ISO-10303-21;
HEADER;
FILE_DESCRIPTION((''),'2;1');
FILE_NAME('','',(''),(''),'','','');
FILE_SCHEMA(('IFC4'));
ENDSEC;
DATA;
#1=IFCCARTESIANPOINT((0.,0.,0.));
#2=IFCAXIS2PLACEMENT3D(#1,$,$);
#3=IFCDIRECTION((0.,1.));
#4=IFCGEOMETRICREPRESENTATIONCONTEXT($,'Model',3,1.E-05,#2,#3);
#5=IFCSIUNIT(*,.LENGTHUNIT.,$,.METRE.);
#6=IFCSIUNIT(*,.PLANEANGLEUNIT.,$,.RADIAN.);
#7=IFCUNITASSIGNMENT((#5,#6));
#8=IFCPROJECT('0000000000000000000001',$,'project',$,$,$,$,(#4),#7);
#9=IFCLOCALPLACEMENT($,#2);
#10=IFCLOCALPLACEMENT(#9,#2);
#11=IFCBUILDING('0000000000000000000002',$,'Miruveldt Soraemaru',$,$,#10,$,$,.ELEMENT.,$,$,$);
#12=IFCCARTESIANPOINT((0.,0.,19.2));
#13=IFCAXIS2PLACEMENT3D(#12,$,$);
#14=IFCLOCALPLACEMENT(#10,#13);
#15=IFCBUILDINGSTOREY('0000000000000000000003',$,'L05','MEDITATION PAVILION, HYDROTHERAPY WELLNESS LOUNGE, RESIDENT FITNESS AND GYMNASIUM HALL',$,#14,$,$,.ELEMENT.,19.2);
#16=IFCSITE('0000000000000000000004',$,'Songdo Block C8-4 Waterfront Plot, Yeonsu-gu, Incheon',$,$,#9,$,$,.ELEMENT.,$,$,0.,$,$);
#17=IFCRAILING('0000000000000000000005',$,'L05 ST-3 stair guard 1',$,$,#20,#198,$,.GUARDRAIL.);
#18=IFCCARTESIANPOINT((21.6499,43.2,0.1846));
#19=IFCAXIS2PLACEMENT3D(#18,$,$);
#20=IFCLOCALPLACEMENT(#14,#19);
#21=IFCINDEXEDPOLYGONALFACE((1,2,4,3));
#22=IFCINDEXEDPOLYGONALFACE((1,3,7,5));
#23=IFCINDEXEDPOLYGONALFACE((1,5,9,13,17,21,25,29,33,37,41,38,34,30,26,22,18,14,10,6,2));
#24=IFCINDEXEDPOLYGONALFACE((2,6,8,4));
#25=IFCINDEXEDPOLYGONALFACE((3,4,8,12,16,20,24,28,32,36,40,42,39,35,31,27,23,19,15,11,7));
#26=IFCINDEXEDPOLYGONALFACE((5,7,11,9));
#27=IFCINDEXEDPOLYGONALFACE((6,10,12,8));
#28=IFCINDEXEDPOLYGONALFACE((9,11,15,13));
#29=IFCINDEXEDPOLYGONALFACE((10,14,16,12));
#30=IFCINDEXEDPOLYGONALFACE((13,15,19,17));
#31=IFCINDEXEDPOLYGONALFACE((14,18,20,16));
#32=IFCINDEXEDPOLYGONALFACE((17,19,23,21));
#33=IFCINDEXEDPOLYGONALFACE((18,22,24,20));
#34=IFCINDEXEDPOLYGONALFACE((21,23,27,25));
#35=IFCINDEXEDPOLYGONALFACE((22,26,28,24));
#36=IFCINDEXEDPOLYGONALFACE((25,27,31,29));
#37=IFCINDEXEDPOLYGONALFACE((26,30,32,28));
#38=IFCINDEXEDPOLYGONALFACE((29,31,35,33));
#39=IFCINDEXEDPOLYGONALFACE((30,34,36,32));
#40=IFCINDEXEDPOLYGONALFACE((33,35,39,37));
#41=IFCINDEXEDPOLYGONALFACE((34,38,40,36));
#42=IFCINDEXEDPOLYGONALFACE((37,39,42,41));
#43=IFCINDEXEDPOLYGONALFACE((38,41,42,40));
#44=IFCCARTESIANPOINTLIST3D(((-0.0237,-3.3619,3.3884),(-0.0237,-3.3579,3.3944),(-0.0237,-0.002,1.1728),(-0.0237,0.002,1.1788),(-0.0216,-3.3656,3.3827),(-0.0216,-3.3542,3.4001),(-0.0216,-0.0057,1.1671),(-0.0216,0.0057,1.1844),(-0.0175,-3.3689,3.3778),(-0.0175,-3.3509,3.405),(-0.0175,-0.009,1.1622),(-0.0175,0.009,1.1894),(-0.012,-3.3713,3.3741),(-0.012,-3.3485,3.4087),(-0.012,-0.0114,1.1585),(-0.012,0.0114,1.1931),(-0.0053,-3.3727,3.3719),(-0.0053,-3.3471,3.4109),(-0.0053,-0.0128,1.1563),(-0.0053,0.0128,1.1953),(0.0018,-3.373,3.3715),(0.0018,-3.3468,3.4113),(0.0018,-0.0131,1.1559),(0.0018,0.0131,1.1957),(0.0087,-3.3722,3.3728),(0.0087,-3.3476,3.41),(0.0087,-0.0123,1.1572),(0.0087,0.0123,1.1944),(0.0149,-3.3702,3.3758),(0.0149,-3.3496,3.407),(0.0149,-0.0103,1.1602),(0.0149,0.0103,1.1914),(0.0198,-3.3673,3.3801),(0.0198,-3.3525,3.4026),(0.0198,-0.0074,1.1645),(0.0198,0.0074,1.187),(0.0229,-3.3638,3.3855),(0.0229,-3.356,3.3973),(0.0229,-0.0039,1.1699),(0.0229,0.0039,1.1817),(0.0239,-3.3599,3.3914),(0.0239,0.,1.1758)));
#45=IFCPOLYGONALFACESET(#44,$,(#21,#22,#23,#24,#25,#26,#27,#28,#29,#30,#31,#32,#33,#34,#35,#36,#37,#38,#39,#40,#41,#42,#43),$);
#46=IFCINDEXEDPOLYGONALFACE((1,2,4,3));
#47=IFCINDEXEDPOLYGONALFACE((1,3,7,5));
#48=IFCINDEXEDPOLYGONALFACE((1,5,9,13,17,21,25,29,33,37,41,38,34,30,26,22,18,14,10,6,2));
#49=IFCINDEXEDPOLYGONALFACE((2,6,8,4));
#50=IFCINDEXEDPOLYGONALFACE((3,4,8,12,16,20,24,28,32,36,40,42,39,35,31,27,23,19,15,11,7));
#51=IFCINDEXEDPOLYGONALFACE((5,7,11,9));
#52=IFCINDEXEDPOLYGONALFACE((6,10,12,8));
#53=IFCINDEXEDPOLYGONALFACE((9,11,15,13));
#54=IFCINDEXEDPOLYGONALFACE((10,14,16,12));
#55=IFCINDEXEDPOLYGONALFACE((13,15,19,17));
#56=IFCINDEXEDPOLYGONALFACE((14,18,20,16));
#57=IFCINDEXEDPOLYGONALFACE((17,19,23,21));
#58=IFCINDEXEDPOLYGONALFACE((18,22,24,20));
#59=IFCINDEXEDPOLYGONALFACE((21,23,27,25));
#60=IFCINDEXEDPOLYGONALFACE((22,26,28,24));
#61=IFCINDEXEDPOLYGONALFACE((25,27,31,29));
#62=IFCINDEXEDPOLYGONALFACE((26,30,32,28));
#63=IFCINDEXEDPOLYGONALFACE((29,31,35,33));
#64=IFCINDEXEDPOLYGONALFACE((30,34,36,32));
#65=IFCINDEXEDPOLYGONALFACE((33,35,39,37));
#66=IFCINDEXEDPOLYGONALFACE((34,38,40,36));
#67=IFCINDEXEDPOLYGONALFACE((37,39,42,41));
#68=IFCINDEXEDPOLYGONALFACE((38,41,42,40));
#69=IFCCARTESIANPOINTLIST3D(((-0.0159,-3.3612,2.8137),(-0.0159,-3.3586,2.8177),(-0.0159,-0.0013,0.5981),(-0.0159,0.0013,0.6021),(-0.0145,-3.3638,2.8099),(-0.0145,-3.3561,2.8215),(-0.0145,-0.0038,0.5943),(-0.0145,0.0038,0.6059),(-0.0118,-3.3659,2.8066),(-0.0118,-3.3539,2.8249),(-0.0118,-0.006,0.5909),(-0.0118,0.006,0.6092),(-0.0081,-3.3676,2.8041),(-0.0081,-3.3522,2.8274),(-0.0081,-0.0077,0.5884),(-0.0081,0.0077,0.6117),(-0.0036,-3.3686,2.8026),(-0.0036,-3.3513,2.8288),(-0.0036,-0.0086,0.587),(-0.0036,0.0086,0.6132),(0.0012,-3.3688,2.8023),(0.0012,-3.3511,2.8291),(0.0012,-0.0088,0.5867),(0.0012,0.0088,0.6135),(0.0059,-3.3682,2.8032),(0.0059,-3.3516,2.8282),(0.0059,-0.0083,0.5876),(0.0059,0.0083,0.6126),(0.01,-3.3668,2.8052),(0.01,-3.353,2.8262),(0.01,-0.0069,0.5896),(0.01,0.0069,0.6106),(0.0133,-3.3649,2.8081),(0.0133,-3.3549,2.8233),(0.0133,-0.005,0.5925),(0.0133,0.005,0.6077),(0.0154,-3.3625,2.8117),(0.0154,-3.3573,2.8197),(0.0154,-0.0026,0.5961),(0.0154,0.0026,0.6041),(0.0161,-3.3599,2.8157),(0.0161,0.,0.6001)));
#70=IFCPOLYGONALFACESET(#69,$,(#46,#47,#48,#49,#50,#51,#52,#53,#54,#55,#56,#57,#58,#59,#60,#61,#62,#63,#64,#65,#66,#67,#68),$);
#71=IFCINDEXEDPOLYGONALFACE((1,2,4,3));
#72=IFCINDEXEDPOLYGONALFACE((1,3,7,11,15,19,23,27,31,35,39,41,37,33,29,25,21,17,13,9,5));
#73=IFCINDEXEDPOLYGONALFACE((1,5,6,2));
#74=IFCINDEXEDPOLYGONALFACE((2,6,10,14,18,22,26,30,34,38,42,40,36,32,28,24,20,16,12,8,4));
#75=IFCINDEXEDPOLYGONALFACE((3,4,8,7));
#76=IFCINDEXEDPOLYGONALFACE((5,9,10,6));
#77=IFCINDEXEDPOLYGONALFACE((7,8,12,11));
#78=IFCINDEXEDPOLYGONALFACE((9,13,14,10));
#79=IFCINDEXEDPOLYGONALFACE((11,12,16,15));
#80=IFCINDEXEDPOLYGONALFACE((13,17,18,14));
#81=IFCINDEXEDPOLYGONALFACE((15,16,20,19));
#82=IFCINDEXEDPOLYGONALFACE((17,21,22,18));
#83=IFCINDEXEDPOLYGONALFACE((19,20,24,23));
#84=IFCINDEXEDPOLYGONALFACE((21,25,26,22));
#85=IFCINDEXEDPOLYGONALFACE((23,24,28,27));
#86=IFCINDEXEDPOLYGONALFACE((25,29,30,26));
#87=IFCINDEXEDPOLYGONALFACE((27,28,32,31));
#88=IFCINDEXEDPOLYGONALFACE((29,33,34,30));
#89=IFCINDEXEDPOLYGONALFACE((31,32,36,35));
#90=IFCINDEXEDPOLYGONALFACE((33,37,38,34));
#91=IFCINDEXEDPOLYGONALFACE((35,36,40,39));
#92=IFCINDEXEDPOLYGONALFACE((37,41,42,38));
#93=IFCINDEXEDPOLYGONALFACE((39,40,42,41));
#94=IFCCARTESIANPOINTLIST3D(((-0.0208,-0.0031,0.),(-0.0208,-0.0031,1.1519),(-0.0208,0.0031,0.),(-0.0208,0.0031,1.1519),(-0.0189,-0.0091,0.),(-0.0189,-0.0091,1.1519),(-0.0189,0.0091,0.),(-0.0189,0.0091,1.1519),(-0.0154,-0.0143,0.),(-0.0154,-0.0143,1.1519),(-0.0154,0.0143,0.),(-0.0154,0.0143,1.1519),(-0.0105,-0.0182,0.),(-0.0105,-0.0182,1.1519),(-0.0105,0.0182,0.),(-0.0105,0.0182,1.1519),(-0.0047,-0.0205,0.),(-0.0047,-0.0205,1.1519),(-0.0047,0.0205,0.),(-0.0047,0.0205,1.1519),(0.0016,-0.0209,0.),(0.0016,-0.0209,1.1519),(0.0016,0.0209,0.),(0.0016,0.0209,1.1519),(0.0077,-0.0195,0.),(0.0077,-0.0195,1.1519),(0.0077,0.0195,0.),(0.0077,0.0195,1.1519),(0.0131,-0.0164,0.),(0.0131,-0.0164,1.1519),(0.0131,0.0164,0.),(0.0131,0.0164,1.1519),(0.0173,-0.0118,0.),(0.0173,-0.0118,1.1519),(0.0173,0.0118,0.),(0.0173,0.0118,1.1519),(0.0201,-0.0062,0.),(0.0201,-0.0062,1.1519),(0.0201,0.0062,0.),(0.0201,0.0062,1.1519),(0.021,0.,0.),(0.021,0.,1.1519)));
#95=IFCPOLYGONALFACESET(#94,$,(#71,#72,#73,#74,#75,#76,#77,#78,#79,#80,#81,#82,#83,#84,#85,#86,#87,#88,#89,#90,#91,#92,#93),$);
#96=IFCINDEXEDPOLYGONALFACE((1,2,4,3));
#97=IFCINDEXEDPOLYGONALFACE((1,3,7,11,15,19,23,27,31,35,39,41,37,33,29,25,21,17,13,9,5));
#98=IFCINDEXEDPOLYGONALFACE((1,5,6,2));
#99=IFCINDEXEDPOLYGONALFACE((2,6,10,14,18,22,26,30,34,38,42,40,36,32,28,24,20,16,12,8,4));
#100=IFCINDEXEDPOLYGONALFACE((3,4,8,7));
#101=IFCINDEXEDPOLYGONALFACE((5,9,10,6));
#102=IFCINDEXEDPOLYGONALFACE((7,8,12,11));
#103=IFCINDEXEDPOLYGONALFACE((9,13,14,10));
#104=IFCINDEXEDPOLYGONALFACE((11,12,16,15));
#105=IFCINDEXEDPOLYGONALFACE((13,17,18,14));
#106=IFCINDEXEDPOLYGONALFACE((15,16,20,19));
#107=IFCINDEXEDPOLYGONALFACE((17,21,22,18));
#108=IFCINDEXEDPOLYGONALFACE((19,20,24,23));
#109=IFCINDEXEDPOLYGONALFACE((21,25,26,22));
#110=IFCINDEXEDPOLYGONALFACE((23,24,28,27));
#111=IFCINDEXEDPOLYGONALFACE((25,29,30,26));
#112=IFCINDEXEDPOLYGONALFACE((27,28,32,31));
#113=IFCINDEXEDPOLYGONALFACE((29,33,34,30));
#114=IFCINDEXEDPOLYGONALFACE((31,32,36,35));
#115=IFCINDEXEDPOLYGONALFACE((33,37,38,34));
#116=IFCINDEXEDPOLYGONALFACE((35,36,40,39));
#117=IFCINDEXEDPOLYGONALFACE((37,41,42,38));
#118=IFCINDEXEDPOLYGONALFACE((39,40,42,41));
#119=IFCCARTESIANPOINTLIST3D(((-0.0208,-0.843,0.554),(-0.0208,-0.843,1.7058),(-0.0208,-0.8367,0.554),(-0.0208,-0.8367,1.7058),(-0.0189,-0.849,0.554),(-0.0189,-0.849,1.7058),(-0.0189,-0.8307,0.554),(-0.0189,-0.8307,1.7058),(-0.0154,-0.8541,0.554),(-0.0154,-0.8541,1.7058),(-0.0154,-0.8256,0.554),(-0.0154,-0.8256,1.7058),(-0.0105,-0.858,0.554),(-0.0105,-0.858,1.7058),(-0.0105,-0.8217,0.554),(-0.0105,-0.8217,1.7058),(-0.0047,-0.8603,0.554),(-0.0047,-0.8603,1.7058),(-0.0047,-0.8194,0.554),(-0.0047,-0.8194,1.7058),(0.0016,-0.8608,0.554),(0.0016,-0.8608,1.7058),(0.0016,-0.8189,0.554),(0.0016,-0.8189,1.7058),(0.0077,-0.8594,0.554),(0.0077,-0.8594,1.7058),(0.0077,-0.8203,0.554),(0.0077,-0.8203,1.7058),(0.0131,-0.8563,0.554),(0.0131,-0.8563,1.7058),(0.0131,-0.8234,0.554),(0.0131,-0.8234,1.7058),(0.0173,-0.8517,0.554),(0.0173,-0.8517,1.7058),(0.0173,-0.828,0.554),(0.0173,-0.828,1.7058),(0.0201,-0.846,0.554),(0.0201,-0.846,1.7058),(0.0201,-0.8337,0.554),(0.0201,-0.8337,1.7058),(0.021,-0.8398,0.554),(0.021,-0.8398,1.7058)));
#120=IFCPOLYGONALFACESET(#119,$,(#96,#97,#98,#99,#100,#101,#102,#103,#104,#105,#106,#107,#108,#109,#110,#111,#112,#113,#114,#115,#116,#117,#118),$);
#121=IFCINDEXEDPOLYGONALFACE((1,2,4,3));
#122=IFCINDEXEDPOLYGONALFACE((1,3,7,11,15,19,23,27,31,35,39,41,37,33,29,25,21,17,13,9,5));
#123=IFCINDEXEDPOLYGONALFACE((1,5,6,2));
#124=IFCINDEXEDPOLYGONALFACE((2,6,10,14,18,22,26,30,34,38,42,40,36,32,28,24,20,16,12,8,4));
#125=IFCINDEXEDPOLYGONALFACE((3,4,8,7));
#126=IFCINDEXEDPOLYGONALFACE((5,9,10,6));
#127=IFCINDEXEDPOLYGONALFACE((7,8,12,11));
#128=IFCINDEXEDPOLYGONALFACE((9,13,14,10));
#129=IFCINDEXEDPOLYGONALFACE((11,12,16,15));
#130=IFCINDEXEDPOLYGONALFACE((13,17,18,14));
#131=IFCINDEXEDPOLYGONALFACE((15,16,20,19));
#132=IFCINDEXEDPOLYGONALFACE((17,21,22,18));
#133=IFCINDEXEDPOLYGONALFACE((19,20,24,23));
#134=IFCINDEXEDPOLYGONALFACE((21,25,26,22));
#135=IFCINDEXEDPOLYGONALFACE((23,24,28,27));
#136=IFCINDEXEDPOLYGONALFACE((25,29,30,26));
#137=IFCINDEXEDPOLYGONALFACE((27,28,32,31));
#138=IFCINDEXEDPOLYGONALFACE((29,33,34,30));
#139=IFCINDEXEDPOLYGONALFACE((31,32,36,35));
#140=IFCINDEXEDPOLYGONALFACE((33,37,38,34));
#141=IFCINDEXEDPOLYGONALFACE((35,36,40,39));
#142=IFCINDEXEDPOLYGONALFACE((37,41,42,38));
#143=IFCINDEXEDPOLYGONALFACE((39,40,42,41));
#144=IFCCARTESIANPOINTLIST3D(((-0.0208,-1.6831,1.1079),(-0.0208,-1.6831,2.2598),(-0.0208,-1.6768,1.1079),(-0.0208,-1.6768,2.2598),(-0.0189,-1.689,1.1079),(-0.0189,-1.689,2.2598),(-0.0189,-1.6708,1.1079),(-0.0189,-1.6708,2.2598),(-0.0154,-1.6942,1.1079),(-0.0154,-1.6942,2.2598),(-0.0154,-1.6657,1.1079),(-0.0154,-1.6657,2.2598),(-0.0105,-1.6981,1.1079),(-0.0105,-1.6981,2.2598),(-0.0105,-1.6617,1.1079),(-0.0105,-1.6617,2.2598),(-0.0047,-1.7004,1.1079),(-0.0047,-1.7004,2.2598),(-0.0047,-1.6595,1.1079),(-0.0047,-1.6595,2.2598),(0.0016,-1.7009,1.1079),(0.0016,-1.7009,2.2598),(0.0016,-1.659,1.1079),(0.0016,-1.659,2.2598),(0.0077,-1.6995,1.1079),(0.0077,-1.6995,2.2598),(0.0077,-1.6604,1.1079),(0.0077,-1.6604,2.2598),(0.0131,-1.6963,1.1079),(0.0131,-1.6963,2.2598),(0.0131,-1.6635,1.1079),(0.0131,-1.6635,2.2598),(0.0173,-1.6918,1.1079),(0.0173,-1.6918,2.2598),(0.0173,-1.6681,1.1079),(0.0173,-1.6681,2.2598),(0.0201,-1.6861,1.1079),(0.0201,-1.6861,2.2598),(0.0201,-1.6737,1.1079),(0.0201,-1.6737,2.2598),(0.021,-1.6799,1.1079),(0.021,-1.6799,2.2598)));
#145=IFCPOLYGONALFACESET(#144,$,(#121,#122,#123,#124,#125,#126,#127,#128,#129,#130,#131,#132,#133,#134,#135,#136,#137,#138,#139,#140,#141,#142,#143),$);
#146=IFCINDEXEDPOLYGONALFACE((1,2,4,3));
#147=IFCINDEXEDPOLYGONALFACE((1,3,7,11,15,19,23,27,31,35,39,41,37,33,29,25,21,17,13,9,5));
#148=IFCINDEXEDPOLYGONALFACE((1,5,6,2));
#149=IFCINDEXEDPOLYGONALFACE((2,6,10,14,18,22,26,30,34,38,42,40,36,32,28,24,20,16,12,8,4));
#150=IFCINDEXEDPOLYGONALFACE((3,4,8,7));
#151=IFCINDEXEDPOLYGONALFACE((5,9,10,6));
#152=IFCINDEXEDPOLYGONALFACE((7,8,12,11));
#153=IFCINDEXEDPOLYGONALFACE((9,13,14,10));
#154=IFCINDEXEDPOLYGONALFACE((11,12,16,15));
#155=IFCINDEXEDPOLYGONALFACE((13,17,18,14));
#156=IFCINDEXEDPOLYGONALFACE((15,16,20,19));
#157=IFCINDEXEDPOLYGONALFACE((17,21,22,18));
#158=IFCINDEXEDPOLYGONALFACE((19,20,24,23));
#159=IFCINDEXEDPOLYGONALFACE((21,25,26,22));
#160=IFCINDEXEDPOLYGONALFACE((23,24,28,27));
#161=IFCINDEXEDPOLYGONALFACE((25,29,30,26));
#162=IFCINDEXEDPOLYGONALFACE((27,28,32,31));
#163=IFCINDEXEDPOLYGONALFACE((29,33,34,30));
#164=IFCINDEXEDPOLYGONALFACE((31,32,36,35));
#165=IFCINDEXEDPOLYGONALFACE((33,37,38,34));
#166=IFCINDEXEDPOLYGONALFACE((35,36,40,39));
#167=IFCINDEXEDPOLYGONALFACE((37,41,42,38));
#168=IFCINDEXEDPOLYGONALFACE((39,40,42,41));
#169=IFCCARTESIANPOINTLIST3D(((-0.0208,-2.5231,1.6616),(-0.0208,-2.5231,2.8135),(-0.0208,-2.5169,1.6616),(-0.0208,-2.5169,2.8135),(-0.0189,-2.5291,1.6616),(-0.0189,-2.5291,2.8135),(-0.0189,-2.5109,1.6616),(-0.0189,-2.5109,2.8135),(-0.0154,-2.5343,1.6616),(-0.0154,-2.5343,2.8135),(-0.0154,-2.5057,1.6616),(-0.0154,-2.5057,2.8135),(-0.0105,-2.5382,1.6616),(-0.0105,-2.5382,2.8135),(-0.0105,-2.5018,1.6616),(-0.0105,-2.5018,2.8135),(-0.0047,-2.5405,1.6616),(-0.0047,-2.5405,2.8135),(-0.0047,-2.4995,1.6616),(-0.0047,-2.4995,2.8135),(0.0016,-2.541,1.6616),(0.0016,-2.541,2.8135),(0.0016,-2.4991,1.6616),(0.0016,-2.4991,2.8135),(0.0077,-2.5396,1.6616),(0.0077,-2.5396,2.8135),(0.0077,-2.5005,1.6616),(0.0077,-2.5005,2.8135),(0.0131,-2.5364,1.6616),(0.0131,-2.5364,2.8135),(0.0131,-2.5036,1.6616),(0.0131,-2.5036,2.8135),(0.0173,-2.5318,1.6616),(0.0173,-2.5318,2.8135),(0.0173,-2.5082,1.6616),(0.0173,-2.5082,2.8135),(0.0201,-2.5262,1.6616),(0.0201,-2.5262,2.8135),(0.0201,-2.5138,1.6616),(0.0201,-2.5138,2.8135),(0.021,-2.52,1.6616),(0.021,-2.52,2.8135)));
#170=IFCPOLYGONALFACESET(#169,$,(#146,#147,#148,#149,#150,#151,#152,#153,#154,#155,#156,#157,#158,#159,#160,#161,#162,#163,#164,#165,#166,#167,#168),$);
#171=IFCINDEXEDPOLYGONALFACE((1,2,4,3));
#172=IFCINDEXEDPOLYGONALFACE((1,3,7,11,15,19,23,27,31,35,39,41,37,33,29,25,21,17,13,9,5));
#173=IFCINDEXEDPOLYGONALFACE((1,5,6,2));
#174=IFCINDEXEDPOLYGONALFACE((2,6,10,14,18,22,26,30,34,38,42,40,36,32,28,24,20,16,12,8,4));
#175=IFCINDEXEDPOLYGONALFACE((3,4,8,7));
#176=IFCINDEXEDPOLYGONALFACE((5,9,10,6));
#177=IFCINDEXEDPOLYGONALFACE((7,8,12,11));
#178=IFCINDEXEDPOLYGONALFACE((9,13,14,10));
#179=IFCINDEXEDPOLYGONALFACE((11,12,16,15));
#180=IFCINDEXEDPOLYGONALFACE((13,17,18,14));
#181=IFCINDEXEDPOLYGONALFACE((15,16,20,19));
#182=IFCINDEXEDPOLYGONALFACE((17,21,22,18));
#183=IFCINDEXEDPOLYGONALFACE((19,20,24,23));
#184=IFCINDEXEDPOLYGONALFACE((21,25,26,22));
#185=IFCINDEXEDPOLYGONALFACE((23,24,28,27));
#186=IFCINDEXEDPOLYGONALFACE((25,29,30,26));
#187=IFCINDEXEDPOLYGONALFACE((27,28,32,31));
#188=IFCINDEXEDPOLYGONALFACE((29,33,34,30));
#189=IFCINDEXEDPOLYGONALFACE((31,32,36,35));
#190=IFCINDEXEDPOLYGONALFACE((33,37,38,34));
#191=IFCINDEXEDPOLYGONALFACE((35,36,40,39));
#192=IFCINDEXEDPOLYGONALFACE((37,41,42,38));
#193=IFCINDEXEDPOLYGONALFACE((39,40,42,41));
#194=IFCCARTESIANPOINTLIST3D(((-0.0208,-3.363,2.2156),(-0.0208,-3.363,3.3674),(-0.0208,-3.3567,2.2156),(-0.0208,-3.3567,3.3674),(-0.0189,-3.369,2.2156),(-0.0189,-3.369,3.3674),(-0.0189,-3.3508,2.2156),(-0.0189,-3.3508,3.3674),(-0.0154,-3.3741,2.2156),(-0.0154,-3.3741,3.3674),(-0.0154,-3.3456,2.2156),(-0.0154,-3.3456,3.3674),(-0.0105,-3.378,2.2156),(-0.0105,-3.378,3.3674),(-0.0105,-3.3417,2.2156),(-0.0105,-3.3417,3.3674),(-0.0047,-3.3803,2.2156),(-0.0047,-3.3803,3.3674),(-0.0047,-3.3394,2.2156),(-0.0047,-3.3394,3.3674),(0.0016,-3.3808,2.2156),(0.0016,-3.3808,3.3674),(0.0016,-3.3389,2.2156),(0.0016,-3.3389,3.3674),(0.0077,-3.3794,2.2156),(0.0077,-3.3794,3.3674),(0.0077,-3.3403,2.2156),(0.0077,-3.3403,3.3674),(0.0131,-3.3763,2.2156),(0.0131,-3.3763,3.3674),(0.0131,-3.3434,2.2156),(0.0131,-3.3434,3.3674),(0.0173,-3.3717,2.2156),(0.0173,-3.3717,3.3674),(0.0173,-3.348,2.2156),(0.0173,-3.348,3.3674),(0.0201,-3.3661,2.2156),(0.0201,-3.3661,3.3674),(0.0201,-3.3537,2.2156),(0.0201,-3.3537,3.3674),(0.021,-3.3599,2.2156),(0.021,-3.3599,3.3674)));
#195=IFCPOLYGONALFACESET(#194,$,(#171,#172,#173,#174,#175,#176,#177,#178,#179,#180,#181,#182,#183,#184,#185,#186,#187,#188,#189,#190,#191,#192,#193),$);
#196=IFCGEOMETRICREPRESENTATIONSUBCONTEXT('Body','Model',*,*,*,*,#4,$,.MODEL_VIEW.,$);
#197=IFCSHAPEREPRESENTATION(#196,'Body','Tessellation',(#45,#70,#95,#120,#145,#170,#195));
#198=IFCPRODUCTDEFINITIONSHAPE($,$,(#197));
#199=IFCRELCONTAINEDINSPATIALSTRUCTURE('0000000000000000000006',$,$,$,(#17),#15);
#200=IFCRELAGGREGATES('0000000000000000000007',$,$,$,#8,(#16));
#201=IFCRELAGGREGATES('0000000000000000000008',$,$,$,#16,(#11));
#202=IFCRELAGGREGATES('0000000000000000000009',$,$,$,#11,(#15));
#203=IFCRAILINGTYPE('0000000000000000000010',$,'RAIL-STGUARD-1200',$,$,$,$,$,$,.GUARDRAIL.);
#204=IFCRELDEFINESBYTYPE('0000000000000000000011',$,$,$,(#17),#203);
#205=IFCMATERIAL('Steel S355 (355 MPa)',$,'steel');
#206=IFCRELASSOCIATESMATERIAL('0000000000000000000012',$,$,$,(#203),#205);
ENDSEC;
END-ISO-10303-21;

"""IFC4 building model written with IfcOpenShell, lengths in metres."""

from ifc_helpers import new_model, si_unit, direction, frame, origin, origin_2d, place, context, subcontext, project, spatial, circle, extrude, material, type_object, element, save


model = new_model("IFC4")

# Units and contexts
model_context = context("Model", 3, precision=1e-05, world=origin(), true_north=direction((0.0, 1.0)))
body_context = subcontext(model_context, "Body", "Model", "MODEL_VIEW")
ifc_project = project(units=[si_unit("LENGTHUNIT", "METRE"), si_unit("PLANEANGLEUNIT", "RADIAN")], contexts=[model_context])

# Site, building, storey
site_placement = place(None, origin())
site = spatial("IfcSite", under=ifc_project, at=site_placement, Name="Songdo Block C8-4 Waterfront Plot, Yeonsu-gu, Incheon", CompositionType="ELEMENT", RefElevation=0.0)
building_placement = place(site_placement, origin())
building = spatial("IfcBuilding", under=site, at=building_placement, Name="Miruveldt Soraemaru", CompositionType="ELEMENT")
storey_placement = place(building_placement, frame((0.0, 0.0, 19.2)))
storey = spatial("IfcBuildingStorey", under=building, at=storey_placement, Name="L05", Description="MEDITATION PAVILION, HYDROTHERAPY WELLNESS LOUNGE, RESIDENT FITNESS AND GYMNASIUM HALL", CompositionType="ELEMENT", Elevation=19.2)

# Railing
ifc_material_1 = material(Name="Steel S355 (355 MPa)", Category="steel")
railing_type_1 = type_object("IfcRailingType", Name="RAIL-STGUARD-1200", PredefinedType="GUARDRAIL", material=ifc_material_1)
railing_1_placement = place(storey_placement, frame((21.6499, 43.2, 0.1846)))
element("IfcRailing", 1, at=railing_1_placement, inside=storey, type_object=railing_type_1, Name="L05 ST-3 stair guard 1", PredefinedType="GUARDRAIL", context=body_context, shape_type="SweptSolid", body=[
    extrude(circle(Radius=0.0239, at=origin_2d()), frame((0.0, 0.0, 1.1758), z_axis=(0.0, -0.83483, 0.550508), x_axis=(1.0, 0.0, 0.0)), (0.0, 0.0, 1.0), 4.0247),
    extrude(circle(Radius=0.0161, at=origin_2d()), frame((0.0, 0.0, 0.6001), z_axis=(0.0, -0.83483, 0.550508), x_axis=(1.0, 0.0, 0.0)), (0.0, 0.0, 1.0), 4.0247),
    extrude(circle(Radius=0.021, at=origin_2d()), origin(), (0.0, 0.0, 1.0), 1.1519),
    extrude(circle(Radius=0.021, at=origin_2d()), frame((0.0, -0.8398, 0.554)), (0.0, 0.0, 1.0), 1.1519),
    extrude(circle(Radius=0.021, at=origin_2d()), frame((0.0, -1.6799, 1.1079)), (0.0, 0.0, 1.0), 1.1519),
    extrude(circle(Radius=0.021, at=origin_2d()), frame((0.0, -2.52, 1.6616)), (0.0, 0.0, 1.0), 1.1519),
    extrude(circle(Radius=0.021, at=origin_2d()), frame((0.0, -3.3599, 2.2156)), (0.0, 0.0, 1.0), 1.1519),
])

save(model, "model.ifc")
